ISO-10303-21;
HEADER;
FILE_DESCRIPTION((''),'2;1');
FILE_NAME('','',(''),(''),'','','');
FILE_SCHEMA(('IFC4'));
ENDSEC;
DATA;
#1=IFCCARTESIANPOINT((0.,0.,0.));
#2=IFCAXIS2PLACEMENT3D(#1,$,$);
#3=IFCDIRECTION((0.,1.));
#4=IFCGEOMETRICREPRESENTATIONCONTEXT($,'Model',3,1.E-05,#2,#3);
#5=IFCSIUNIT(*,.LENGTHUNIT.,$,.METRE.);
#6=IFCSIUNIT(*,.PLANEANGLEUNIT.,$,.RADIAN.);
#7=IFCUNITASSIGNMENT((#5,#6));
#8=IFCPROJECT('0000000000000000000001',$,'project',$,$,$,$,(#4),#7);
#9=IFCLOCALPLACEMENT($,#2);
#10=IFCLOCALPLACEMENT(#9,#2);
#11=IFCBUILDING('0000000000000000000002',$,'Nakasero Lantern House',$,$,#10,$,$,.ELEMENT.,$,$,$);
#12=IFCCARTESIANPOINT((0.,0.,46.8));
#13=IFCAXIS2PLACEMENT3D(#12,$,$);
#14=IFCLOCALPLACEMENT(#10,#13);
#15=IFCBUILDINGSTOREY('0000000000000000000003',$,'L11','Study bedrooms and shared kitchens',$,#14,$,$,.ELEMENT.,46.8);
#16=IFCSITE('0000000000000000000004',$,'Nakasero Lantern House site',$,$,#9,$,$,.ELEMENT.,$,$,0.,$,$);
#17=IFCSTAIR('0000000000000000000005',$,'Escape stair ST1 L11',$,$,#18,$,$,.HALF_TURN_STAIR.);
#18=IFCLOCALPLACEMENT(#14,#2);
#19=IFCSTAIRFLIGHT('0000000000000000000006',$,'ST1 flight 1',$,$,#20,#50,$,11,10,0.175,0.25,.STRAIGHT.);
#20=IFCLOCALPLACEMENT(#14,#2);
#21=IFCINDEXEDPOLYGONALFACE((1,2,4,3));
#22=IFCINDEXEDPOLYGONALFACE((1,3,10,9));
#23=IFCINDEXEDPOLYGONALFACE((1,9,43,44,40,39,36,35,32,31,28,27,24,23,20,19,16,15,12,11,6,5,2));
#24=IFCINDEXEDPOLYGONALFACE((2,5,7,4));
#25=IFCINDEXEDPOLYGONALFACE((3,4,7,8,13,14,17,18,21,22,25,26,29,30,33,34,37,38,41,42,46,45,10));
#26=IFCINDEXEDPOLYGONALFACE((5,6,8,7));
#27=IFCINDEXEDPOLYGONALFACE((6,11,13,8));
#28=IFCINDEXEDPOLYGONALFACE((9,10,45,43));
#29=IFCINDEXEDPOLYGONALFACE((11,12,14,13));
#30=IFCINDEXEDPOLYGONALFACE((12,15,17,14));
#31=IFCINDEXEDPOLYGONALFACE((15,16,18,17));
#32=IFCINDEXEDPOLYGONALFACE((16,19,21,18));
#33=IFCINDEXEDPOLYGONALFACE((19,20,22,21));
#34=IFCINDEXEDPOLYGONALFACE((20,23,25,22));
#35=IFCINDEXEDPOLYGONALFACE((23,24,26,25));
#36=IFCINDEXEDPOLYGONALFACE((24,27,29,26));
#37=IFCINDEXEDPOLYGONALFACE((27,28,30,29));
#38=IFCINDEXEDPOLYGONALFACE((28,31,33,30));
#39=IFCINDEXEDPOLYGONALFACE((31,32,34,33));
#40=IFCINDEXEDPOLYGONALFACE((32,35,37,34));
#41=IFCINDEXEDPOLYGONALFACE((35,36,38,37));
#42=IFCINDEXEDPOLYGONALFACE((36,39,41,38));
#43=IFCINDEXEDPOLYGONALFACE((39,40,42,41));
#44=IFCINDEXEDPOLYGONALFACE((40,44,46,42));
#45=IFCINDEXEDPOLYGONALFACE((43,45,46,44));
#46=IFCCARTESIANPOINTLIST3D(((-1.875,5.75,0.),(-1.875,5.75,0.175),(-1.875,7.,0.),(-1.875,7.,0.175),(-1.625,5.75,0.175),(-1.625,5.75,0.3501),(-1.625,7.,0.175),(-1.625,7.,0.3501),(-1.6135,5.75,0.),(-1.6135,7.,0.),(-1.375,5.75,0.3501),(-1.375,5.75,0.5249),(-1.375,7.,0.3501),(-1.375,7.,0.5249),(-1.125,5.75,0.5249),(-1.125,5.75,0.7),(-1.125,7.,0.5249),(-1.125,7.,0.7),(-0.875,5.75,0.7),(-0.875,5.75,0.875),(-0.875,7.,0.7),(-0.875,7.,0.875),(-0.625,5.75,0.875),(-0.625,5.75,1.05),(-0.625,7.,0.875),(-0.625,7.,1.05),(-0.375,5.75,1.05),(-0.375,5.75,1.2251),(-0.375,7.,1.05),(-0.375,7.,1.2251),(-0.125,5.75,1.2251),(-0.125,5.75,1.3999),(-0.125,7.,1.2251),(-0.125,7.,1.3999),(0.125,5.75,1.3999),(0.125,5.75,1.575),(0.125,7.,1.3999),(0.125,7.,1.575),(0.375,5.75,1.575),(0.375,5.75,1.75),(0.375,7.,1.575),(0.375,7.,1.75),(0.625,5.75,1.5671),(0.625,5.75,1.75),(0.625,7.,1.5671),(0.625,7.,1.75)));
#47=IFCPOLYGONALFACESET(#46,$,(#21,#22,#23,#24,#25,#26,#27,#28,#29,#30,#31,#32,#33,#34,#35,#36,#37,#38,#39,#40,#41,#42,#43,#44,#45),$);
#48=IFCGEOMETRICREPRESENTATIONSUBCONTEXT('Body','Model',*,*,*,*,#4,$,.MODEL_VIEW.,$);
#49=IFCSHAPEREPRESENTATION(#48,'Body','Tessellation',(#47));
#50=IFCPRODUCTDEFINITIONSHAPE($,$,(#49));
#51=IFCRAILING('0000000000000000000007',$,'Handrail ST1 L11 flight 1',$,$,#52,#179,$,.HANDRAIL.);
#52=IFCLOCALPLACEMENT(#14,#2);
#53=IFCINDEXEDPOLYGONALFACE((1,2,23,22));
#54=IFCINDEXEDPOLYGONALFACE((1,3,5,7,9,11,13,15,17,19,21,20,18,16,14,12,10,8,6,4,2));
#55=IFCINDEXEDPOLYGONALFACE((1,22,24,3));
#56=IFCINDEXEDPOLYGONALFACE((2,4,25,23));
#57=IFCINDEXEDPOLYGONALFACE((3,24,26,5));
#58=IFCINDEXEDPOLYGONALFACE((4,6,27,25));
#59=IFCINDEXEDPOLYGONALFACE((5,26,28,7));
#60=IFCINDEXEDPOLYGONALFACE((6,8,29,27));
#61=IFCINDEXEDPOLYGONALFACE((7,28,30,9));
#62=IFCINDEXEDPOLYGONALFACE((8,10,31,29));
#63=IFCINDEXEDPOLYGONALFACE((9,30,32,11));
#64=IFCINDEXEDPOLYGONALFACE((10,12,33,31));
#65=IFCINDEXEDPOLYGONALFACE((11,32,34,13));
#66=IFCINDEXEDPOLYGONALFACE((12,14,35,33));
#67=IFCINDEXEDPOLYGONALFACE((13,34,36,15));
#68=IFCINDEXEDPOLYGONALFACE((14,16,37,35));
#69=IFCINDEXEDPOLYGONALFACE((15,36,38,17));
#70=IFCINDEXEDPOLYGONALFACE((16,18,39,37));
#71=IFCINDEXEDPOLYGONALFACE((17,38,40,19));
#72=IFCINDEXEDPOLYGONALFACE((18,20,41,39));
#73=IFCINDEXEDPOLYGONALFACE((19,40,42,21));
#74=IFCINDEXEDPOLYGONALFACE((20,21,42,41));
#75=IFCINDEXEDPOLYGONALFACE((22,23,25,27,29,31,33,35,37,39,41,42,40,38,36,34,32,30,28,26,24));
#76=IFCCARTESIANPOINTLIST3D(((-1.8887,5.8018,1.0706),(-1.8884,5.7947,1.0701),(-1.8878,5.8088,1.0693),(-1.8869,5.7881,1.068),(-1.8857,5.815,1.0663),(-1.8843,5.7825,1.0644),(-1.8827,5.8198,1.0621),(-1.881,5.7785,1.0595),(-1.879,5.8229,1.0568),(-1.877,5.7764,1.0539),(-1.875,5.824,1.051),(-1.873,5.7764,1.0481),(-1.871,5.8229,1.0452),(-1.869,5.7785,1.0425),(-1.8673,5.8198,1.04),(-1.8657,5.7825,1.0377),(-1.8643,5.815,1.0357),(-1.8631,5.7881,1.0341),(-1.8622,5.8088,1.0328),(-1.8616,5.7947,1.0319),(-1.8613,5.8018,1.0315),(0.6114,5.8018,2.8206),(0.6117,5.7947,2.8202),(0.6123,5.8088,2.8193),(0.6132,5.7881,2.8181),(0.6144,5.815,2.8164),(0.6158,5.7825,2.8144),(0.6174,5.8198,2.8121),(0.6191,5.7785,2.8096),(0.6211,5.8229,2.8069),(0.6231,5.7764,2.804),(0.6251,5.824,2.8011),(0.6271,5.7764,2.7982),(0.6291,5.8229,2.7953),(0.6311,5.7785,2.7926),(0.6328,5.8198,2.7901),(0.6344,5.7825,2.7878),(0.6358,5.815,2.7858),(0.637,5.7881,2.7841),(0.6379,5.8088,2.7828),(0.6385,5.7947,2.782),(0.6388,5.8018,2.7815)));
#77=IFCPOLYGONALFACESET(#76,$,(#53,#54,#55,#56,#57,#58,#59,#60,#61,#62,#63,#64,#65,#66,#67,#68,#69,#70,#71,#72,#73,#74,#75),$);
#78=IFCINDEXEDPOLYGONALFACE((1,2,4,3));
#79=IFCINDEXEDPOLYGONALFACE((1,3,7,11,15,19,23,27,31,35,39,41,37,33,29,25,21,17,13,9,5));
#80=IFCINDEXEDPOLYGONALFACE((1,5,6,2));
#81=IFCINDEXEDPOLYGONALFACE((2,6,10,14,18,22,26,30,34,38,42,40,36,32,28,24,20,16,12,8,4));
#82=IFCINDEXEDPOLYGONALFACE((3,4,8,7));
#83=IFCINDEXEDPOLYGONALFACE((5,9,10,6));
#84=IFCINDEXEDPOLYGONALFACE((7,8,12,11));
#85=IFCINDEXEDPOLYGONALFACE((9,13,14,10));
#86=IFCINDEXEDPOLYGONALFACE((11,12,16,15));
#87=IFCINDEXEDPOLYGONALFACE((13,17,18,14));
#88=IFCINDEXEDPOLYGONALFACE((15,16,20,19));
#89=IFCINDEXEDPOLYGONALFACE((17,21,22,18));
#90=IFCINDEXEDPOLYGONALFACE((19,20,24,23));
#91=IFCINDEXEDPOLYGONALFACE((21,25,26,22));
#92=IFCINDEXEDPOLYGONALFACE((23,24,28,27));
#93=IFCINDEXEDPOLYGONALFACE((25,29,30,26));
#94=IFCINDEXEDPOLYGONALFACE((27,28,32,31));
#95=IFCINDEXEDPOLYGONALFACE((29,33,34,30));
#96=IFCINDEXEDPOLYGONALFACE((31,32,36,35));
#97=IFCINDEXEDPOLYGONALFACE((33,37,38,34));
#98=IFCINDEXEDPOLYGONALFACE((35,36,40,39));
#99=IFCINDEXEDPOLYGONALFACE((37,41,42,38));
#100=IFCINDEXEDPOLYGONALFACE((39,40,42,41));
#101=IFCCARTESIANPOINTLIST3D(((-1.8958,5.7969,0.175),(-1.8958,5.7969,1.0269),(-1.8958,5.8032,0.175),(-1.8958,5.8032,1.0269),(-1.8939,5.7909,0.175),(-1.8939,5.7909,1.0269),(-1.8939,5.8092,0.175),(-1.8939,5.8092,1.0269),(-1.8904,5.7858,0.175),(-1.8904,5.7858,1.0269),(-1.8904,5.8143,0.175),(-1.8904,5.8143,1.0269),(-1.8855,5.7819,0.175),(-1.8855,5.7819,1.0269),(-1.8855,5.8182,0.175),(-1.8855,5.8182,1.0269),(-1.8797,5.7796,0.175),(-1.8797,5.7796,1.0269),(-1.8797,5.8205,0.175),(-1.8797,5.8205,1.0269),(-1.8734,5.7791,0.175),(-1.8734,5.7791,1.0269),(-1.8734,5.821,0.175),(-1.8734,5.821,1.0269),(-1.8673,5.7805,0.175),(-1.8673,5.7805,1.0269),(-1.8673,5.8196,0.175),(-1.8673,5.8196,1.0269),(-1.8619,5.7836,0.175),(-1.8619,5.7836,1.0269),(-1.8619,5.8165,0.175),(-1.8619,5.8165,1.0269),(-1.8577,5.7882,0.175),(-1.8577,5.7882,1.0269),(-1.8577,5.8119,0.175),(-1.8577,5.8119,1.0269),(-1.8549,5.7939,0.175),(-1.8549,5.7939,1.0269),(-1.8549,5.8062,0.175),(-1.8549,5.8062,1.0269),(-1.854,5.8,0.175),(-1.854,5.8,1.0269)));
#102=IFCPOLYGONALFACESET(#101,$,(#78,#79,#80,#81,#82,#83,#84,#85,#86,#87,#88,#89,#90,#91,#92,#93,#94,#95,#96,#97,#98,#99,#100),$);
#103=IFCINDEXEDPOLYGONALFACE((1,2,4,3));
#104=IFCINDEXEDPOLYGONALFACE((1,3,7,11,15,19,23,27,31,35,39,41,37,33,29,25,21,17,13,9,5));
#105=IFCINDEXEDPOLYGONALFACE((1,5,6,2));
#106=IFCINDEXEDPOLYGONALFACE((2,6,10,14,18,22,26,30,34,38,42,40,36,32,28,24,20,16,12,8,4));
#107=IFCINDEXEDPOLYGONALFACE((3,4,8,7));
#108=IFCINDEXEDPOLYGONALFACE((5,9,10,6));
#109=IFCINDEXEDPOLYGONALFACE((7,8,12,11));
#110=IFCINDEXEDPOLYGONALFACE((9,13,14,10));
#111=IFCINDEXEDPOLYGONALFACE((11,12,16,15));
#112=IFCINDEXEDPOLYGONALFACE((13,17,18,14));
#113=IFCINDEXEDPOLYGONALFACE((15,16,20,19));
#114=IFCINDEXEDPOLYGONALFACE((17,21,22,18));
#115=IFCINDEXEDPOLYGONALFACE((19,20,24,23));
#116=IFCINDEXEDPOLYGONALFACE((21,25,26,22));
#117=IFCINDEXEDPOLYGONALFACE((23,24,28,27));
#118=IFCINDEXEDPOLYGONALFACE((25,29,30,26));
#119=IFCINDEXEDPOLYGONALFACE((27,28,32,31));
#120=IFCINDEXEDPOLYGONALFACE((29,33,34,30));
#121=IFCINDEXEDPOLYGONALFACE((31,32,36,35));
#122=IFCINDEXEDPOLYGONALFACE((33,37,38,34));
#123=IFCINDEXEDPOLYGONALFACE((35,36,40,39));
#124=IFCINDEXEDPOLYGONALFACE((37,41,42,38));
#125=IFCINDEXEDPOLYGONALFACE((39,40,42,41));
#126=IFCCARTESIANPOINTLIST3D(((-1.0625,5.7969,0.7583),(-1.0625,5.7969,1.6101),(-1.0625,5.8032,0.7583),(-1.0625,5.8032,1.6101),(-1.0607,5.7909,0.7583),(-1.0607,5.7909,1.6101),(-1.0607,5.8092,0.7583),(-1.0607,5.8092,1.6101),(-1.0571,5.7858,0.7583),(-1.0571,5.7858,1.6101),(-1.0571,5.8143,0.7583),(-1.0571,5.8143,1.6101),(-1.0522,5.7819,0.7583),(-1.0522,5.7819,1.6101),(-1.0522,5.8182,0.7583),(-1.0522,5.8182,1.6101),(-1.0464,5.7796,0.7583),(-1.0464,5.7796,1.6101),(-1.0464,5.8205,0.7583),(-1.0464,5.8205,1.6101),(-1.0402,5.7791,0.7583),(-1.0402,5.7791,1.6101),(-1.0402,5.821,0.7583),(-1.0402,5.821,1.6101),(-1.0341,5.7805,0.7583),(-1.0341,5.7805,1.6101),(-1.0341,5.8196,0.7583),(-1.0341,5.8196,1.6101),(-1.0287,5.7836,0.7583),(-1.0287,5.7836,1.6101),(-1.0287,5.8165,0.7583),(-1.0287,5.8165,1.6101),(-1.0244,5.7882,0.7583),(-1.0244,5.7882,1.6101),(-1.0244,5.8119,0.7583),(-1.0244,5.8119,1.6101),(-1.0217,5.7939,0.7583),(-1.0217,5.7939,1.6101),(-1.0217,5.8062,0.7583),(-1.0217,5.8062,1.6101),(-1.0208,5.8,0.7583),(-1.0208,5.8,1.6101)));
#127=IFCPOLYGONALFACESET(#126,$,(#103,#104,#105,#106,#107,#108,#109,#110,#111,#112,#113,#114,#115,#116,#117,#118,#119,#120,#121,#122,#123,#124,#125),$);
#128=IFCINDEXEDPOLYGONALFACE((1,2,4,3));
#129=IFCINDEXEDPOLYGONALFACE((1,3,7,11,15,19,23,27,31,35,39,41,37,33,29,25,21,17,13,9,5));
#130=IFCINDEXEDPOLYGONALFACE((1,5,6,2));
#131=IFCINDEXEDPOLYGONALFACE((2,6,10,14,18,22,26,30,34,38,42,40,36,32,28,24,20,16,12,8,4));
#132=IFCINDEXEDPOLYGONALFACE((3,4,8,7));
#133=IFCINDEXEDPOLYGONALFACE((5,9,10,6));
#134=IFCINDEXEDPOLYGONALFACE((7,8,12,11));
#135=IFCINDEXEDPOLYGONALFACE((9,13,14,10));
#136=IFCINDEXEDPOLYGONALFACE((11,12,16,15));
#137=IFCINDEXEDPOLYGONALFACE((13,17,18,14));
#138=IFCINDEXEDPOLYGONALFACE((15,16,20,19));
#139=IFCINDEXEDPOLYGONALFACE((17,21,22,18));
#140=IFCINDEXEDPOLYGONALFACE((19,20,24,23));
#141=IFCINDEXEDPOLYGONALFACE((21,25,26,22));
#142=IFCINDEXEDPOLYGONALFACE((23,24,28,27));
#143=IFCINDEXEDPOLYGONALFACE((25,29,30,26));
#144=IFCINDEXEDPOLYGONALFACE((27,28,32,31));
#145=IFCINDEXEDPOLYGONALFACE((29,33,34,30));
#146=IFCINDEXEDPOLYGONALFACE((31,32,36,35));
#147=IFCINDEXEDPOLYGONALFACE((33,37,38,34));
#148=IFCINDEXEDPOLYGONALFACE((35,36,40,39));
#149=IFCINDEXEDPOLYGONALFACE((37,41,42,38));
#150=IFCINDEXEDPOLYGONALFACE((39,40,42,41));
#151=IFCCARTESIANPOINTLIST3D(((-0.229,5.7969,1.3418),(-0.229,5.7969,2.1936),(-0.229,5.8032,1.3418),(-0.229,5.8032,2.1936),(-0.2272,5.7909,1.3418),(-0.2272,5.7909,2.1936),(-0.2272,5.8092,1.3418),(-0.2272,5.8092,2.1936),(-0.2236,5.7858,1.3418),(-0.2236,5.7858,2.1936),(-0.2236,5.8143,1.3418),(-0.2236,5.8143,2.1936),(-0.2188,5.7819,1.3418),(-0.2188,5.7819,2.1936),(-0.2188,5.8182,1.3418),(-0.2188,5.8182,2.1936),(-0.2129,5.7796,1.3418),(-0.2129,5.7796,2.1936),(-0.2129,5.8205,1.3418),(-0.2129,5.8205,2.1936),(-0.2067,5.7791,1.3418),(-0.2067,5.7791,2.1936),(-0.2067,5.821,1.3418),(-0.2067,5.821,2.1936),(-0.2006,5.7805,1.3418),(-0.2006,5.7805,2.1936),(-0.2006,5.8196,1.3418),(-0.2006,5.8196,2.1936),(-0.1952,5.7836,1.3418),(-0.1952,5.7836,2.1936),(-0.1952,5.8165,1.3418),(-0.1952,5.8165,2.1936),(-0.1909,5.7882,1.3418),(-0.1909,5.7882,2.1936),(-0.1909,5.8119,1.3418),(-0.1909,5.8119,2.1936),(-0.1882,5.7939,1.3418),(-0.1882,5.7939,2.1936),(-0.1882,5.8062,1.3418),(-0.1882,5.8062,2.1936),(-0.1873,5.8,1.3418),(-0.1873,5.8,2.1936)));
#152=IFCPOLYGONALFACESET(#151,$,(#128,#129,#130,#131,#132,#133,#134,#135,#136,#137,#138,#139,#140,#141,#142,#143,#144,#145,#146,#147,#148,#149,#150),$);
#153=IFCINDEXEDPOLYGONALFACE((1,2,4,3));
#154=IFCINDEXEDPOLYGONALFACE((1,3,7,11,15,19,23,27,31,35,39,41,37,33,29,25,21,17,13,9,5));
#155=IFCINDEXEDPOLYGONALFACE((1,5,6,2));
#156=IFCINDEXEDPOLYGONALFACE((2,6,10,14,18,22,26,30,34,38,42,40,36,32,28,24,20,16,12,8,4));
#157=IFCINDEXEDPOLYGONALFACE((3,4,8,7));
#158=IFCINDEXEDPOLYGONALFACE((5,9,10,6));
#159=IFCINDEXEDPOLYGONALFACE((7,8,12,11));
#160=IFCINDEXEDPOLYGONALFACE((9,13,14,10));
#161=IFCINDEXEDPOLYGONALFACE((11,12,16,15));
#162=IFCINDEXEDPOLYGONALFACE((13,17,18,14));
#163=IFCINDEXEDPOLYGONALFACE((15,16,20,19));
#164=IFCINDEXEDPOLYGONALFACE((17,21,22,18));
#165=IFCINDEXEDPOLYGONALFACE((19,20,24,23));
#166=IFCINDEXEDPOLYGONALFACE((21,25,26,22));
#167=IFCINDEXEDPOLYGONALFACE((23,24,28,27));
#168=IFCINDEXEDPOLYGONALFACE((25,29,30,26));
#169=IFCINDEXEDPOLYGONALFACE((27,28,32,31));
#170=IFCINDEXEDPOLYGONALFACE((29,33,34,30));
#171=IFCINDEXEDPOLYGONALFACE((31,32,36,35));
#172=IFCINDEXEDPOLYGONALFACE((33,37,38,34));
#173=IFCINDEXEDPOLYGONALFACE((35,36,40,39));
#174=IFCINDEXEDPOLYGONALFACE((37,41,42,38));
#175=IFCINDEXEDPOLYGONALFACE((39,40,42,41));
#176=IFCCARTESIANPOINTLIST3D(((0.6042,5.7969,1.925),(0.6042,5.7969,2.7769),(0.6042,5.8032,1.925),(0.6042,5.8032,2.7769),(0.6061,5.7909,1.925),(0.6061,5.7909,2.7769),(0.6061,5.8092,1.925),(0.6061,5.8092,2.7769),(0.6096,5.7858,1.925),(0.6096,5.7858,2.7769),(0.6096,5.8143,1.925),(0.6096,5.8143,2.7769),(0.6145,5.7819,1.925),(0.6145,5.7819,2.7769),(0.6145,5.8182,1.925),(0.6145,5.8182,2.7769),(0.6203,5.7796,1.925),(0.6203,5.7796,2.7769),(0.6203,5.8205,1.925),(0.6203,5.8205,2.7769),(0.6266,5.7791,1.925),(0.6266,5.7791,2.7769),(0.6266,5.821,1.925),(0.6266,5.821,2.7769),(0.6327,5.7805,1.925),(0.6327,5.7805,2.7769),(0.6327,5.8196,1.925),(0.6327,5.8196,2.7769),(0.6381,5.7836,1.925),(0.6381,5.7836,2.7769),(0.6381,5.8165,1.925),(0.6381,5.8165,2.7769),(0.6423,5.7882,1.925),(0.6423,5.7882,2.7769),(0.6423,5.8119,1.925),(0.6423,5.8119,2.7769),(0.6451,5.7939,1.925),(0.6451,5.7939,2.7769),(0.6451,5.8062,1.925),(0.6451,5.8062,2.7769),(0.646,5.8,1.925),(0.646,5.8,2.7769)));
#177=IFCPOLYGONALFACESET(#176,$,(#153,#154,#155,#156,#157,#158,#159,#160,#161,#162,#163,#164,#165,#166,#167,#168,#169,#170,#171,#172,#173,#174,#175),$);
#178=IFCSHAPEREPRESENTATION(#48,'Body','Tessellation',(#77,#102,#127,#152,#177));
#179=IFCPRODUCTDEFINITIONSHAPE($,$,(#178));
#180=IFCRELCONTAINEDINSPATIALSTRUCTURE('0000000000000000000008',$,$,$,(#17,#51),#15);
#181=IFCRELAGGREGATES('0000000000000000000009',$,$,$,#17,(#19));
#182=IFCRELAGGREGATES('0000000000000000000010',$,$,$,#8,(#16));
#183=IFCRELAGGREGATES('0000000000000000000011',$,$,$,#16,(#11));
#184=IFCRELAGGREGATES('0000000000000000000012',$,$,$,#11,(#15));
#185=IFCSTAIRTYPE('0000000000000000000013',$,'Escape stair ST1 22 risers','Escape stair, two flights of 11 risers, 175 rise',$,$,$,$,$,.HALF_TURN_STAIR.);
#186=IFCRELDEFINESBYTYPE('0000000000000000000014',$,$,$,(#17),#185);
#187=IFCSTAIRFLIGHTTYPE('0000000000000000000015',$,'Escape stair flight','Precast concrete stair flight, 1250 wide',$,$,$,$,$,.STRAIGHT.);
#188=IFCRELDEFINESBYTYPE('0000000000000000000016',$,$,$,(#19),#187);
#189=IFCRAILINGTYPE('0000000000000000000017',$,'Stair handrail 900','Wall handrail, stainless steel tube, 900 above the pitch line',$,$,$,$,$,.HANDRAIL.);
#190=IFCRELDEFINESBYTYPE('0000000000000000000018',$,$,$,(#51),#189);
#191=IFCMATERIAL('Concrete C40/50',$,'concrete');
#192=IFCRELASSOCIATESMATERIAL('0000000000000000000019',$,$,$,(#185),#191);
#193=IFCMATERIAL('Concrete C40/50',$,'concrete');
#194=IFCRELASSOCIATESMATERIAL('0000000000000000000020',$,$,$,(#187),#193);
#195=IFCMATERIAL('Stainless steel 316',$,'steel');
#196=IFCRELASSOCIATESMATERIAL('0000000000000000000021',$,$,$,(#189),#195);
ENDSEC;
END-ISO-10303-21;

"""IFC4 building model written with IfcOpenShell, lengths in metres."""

from ifc_helpers import new_model, si_unit, direction, frame, origin, origin_2d, place, context, subcontext, project, spatial, polyline, circle, outline, extrude, material, type_object, element, aggregate, save


model = new_model("IFC4")

# Units and contexts
model_context = context("Model", 3, precision=1e-05, world=origin(), true_north=direction((0.0, 1.0)))
body_context = subcontext(model_context, "Body", "Model", "MODEL_VIEW")
ifc_project = project(units=[si_unit("LENGTHUNIT", "METRE"), si_unit("PLANEANGLEUNIT", "RADIAN")], contexts=[model_context])

# Site, building, storey
site_placement = place(None, origin())
site = spatial("IfcSite", under=ifc_project, at=site_placement, Name="Nakasero Lantern House site", CompositionType="ELEMENT", RefElevation=0.0)
building_placement = place(site_placement, origin())
building = spatial("IfcBuilding", under=site, at=building_placement, Name="Nakasero Lantern House", CompositionType="ELEMENT")
storey_placement = place(building_placement, frame((0.0, 0.0, 46.8)))
storey = spatial("IfcBuildingStorey", under=building, at=storey_placement, Name="L11", Description="Study bedrooms and shared kitchens", CompositionType="ELEMENT", Elevation=46.8)

# Stair, stair flight
ifc_material_1 = material(Name="Concrete C40/50", Category="concrete")
stair_type = type_object("IfcStairType", Name="Escape stair ST1 22 risers", Description="Escape stair, two flights of 11 risers, 175 rise", PredefinedType="HALF_TURN_STAIR", material=ifc_material_1)
stair_placement = place(storey_placement, origin())
stair = element("IfcStair", 1, at=stair_placement, inside=storey, type_object=stair_type, Name="Escape stair ST1 L11", PredefinedType="HALF_TURN_STAIR")
ifc_material_2 = material(Name="Concrete C40/50", Category="concrete")
stair_flight_type = type_object("IfcStairFlightType", Name="Escape stair flight", Description="Precast concrete stair flight, 1250 wide", PredefinedType="STRAIGHT", material=ifc_material_2)
stair_flight_placement = place(storey_placement, frame((-1.875, 6.375, 0.0), z_axis=(0.0, 0.0, 1.0), x_axis=(1.0, 0.0, 0.0)))
stair_flight = element("IfcStairFlight", 2, at=stair_flight_placement, type_object=stair_flight_type, Name="ST1 flight 1", NumberOfRisers=11, NumberOfTreads=10, PredefinedType="STRAIGHT", RiserHeight=0.175, TreadLength=0.25, context=body_context, shape_type="SweptSolid", body=[
    extrude(outline(polyline([(0.0, 0.0), (0.0, 0.175), (0.25, 0.175), (0.25, 0.3501), (0.5, 0.3501), (0.5, 0.5249), (0.75, 0.5249), (0.75, 0.7), (1.0, 0.7), (1.0, 0.875), (1.25, 0.875), (1.25, 1.05), (1.5, 1.05), (1.5, 1.2251), (1.75, 1.2251), (1.75, 1.3999), (2.0, 1.3999), (2.0, 1.575), (2.25, 1.575), (2.25, 1.75), (2.5, 1.75), (2.5, 1.925), (2.5, 1.5671), (0.2615, 0.0), (0.0, 0.0)])), frame((0.0, 0.625, 0.0), z_axis=(0.0, -1.0, 0.0), x_axis=(1.0, 0.0, 0.0)), (0.0, 0.0, 1.0), 1.25),
])
aggregate(stair, [stair_flight])

# Railing
ifc_material_3 = material(Name="Stainless steel 316", Category="steel")
railing_type = type_object("IfcRailingType", Name="Stair handrail 900", Description="Wall handrail, stainless steel tube, 900 above the pitch line", PredefinedType="HANDRAIL", material=ifc_material_3)
railing_placement = place(storey_placement, frame((-1.875, 5.8, 0.175)))
element("IfcRailing", 3, at=railing_placement, inside=storey, type_object=railing_type, Name="Handrail ST1 L11 flight 1", PredefinedType="HANDRAIL", context=body_context, shape_type="SweptSolid", body=[
    extrude(circle(Radius=0.0239, at=origin_2d()), frame((0.0, 0.0, 0.876), z_axis=(0.819232, 0.0, 0.573462), x_axis=(0.0, 1.0, 0.0)), (0.0, 0.0, 1.0), 3.0518),
    extrude(circle(Radius=0.021, at=origin_2d()), origin(), (0.0, 0.0, 1.0), 0.8518),
    extrude(circle(Radius=0.021, at=origin_2d()), frame((0.8333, 0.0, 0.5833)), (0.0, 0.0, 1.0), 0.8518),
    extrude(circle(Radius=0.021, at=origin_2d()), frame((1.6667, 0.0, 1.1667)), (0.0, 0.0, 1.0), 0.8518),
    extrude(circle(Radius=0.021, at=origin_2d()), frame((2.5, 0.0, 1.75)), (0.0, 0.0, 1.0), 0.8518),
])

save(model, "model.ifc")
